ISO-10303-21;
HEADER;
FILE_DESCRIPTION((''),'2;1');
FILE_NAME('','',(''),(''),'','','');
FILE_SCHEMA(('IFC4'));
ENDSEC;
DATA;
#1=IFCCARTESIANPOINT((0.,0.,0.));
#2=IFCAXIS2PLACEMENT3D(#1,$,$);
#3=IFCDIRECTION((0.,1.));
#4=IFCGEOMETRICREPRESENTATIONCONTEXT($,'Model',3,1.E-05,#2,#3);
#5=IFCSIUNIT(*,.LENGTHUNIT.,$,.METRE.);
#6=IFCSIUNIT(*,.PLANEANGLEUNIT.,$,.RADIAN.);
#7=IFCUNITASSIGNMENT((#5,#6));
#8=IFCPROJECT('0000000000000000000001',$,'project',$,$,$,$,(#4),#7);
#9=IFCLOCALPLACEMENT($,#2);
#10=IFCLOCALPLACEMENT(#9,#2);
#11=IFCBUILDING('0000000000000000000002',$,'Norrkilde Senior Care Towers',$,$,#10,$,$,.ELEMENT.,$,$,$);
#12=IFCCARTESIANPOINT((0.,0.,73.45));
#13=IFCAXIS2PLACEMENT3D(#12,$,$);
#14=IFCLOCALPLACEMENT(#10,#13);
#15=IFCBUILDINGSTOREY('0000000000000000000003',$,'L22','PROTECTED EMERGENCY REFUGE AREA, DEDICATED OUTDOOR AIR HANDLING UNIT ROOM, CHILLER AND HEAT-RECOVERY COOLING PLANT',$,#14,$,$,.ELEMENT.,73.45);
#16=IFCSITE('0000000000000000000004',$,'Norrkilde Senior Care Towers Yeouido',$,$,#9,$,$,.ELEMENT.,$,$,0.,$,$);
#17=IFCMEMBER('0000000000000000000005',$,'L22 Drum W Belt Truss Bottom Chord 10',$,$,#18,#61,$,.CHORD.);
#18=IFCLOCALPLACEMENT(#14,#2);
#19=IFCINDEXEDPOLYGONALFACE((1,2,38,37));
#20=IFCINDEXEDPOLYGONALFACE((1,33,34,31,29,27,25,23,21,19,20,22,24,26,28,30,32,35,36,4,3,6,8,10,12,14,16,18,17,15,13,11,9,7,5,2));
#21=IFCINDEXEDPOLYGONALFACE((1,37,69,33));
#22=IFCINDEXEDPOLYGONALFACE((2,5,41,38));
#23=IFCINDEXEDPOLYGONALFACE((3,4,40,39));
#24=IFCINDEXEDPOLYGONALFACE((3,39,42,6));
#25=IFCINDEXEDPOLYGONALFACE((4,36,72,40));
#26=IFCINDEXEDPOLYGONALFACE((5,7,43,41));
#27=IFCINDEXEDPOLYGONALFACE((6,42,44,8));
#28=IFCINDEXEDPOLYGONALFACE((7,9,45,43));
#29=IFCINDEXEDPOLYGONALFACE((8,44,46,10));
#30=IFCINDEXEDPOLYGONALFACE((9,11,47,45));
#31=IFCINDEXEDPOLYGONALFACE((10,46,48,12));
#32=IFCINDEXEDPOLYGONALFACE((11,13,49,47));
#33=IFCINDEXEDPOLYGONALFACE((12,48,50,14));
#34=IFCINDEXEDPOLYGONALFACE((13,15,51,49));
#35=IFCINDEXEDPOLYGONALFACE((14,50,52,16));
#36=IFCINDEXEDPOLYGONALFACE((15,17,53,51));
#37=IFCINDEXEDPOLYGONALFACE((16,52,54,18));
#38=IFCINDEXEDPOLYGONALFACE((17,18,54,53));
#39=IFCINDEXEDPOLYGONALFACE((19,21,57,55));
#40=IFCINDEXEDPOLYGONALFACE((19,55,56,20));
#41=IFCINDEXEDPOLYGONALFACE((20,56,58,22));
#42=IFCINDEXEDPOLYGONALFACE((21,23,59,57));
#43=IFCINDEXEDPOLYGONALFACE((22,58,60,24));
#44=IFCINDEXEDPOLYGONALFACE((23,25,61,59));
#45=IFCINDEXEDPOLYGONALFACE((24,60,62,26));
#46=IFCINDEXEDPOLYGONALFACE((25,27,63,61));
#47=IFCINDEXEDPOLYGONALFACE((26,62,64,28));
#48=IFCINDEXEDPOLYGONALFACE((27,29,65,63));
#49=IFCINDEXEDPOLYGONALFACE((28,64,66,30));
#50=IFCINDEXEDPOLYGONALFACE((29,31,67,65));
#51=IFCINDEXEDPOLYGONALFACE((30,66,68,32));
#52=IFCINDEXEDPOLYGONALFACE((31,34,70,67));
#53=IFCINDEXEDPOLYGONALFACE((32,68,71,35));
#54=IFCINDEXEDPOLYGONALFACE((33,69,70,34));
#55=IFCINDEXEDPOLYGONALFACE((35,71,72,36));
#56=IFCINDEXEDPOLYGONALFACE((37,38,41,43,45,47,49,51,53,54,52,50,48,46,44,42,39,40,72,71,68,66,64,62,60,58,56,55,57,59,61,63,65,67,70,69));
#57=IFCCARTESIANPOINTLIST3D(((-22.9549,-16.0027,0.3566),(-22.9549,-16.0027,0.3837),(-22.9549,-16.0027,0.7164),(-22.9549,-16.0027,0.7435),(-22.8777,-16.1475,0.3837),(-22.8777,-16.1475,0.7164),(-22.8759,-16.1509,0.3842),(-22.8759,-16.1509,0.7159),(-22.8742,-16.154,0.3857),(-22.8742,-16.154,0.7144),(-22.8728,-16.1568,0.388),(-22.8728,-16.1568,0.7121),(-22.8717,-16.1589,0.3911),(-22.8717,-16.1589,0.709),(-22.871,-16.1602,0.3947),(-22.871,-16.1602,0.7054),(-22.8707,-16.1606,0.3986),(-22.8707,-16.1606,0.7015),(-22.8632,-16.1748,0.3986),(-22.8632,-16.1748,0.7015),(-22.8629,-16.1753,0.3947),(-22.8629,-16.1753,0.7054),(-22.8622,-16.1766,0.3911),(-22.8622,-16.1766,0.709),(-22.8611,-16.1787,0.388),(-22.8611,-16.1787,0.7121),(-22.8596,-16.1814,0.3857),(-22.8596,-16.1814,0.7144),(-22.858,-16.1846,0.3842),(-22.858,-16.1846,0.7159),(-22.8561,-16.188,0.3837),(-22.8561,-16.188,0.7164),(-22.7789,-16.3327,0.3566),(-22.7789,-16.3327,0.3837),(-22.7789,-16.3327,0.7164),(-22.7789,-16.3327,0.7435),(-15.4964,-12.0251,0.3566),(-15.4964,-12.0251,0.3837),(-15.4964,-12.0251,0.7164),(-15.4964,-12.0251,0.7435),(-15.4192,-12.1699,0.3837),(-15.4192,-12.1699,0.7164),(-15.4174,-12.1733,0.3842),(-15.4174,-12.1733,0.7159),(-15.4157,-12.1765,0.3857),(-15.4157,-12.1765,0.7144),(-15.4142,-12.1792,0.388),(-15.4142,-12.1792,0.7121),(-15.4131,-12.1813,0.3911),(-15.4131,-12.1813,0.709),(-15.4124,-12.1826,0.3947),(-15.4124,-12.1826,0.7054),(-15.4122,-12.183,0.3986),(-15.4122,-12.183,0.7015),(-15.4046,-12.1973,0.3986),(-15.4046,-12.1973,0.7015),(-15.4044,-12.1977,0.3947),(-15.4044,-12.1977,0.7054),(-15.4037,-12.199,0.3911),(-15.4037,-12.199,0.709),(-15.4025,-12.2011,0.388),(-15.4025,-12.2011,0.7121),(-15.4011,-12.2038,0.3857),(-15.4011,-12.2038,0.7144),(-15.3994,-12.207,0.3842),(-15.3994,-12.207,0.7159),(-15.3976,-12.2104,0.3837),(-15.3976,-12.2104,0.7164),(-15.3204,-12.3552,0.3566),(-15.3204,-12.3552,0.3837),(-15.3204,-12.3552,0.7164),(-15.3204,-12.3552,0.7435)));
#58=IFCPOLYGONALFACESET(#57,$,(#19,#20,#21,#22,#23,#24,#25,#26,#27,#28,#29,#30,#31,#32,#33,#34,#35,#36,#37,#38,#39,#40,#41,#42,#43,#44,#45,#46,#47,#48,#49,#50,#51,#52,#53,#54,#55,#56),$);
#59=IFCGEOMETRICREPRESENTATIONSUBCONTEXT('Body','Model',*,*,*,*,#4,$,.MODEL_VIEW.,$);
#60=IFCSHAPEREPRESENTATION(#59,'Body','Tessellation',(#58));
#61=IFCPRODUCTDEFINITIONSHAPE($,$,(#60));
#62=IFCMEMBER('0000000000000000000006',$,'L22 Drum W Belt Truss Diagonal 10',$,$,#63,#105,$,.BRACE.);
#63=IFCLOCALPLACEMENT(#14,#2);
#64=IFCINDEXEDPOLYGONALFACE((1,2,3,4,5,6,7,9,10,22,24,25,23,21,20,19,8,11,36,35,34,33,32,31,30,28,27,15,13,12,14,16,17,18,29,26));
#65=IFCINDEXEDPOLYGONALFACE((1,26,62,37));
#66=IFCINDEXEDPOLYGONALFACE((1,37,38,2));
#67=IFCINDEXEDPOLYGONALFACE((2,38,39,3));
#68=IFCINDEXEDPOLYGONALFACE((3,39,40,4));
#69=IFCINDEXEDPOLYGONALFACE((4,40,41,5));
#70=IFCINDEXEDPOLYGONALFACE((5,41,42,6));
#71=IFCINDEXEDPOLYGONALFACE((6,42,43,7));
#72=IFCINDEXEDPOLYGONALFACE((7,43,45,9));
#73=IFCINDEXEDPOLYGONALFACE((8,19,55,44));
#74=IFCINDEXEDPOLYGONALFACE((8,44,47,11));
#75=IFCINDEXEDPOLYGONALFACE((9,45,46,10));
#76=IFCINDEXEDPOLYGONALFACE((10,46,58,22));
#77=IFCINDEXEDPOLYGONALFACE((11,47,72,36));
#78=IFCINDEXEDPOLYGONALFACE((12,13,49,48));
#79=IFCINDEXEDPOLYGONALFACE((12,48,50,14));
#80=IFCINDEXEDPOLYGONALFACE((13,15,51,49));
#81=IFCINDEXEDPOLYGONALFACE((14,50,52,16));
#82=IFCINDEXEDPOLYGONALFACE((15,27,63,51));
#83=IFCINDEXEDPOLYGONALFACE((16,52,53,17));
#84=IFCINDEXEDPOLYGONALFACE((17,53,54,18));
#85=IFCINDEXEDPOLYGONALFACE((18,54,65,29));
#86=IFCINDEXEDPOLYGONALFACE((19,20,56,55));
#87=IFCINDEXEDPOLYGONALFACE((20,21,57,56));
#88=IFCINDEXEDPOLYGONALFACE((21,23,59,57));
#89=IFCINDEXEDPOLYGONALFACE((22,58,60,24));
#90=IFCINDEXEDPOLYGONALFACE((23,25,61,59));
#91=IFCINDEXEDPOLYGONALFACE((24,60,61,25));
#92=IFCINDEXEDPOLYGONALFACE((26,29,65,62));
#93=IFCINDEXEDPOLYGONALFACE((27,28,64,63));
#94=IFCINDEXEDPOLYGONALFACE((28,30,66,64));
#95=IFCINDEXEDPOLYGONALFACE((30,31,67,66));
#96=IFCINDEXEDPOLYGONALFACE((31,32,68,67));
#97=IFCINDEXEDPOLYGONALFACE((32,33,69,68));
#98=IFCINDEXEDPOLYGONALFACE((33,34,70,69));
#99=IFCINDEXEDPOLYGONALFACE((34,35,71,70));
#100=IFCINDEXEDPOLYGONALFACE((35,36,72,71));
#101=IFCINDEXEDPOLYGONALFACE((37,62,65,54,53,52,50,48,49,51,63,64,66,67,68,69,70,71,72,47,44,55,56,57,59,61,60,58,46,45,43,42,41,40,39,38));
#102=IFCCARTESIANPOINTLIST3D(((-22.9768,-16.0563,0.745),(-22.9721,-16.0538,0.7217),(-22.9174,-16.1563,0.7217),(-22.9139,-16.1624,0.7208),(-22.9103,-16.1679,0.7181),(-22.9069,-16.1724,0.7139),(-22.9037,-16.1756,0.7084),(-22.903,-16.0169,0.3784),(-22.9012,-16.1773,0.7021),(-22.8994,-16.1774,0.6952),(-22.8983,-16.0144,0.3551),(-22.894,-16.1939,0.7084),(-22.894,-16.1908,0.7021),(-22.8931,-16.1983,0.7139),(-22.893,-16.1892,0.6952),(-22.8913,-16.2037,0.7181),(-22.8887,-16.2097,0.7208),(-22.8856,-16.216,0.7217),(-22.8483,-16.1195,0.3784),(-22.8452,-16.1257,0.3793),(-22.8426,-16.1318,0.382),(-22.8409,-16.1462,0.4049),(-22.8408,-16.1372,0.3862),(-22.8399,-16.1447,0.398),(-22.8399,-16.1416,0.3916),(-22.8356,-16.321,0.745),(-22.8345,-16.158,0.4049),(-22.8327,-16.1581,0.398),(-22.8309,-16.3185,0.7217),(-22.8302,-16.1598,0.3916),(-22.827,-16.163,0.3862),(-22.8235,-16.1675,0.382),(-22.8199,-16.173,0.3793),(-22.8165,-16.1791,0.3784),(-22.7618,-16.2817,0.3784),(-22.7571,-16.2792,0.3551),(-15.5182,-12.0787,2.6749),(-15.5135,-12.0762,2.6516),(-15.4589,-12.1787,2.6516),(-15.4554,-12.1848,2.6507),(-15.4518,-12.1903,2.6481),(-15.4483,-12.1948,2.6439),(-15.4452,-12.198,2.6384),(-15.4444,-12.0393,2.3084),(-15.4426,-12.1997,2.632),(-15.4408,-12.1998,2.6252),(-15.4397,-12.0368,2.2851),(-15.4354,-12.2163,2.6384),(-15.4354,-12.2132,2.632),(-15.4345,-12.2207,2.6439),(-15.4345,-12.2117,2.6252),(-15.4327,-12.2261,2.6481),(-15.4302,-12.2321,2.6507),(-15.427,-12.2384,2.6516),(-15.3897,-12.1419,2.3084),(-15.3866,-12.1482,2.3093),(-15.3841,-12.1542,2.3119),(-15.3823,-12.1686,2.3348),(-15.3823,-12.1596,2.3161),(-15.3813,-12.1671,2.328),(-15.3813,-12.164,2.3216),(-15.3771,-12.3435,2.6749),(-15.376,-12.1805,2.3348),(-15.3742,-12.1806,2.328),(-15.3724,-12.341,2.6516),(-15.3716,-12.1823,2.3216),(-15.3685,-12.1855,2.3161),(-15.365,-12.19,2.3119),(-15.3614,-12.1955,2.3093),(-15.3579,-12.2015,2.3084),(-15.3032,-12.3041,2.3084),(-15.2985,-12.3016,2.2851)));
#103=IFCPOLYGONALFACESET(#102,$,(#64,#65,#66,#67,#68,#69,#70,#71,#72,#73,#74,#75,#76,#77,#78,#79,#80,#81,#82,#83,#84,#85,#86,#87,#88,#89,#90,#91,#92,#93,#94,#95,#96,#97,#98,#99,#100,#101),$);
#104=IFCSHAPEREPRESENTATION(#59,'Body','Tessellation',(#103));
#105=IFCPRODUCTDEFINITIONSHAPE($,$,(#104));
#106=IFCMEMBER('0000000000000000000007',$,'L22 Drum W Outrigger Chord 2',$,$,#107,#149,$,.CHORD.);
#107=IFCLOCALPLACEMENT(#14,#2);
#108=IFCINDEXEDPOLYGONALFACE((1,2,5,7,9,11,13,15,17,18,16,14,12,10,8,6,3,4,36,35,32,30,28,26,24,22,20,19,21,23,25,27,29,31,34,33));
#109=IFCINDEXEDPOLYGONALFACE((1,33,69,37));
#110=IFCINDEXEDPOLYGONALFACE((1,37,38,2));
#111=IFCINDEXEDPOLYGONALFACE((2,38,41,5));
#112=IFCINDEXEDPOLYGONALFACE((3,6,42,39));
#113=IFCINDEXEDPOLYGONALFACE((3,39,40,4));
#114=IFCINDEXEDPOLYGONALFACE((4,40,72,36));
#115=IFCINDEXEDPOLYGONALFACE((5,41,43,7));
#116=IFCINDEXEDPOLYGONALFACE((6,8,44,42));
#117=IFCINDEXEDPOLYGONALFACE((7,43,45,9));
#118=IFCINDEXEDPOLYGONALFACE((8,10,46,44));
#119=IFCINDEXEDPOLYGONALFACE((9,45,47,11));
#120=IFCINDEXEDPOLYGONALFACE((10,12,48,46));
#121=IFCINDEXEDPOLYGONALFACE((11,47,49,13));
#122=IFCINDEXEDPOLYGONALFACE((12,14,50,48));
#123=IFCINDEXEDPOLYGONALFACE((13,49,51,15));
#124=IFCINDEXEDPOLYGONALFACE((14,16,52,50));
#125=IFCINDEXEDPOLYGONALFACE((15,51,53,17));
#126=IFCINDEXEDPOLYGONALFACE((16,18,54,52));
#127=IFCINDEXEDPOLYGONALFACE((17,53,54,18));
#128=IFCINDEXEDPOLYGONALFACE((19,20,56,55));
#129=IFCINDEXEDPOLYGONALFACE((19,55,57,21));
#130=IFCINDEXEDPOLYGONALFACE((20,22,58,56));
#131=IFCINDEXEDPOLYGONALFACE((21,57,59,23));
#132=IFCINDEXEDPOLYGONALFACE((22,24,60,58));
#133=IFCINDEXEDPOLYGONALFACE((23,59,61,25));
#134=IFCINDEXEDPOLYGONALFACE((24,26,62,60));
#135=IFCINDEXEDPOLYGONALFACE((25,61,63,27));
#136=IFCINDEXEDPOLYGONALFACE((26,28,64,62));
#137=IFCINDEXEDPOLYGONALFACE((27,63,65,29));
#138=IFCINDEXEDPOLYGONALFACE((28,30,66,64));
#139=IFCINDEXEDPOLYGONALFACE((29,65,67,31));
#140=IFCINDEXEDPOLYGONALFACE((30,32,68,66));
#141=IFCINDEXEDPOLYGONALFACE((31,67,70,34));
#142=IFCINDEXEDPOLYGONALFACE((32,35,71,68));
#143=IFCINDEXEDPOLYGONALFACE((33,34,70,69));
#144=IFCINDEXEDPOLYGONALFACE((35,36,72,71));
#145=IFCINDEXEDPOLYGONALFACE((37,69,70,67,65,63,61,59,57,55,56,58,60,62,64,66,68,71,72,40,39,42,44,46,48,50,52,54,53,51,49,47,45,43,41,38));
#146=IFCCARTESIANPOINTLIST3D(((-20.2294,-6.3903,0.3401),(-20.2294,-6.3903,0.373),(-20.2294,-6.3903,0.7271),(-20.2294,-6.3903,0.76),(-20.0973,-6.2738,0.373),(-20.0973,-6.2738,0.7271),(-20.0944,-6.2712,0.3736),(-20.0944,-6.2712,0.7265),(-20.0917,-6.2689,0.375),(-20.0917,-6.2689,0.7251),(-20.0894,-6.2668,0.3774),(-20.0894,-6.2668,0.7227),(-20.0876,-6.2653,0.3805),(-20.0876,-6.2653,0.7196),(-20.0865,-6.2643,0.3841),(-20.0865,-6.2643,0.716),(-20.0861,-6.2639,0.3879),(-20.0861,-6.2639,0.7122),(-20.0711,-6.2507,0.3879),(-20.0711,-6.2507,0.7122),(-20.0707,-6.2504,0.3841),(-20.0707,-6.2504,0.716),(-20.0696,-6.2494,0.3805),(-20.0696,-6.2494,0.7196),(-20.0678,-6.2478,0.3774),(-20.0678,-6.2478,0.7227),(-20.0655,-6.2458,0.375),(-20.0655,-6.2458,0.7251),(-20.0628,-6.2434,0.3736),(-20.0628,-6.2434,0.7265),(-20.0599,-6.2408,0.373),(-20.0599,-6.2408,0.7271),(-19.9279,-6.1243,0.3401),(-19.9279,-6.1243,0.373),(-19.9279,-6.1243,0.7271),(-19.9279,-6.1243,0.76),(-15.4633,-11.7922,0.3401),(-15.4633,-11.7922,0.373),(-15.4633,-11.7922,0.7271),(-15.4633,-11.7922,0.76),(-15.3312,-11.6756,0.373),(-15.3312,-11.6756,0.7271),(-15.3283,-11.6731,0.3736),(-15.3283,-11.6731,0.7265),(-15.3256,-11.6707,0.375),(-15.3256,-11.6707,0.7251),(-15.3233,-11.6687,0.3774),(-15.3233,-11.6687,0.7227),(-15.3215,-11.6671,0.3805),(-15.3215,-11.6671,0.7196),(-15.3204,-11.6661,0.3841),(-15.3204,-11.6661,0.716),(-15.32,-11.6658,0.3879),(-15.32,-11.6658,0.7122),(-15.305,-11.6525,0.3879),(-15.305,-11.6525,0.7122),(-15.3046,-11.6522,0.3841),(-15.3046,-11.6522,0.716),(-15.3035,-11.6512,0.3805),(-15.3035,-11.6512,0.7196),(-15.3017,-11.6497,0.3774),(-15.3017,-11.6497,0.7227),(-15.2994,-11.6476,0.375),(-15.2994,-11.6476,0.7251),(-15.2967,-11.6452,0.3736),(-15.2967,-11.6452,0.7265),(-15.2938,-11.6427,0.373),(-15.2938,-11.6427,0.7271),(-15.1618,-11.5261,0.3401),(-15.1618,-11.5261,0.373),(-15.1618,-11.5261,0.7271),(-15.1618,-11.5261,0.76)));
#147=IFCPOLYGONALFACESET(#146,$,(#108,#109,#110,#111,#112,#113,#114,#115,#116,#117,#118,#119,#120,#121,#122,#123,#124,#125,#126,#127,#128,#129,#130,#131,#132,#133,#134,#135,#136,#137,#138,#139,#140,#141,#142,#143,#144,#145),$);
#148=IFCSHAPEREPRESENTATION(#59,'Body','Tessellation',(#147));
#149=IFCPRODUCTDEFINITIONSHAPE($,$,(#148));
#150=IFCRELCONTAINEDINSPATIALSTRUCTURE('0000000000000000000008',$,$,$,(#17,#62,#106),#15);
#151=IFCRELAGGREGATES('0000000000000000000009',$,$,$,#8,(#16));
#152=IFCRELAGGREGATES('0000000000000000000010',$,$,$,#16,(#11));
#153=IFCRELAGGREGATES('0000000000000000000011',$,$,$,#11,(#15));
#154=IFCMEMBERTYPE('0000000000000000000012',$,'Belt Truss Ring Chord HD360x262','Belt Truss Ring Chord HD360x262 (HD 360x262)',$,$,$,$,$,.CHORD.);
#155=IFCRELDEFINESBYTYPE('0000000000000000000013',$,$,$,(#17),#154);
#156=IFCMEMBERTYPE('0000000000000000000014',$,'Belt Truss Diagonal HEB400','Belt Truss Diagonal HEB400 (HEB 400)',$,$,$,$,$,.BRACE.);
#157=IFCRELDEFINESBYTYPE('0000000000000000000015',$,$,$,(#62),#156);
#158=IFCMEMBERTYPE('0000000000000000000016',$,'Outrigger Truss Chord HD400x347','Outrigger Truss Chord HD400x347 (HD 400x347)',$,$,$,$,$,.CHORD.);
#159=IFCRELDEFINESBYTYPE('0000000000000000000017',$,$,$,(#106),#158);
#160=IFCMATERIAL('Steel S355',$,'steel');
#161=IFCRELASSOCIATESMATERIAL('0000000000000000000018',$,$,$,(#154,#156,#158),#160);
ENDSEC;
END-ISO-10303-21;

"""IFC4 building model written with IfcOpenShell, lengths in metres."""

from ifc_helpers import new_model, si_unit, direction, frame, origin, origin_2d, place, context, subcontext, project, spatial, i_section, extrude, source, transform, mapped, material, material_profile, profile_set, type_object, type_shapes, element, save


model = new_model("IFC4")

# Units and contexts
model_context = context("Model", 3, precision=1e-05, world=origin(), true_north=direction((0.0, 1.0)))
body_context = subcontext(model_context, "Body", "Model", "MODEL_VIEW")
ifc_project = project(units=[si_unit("LENGTHUNIT", "METRE"), si_unit("PLANEANGLEUNIT", "RADIAN")], contexts=[model_context])

# Site, building, storey
site_placement = place(None, origin())
site = spatial("IfcSite", under=ifc_project, at=site_placement, Name="Norrkilde Senior Care Towers Yeouido", CompositionType="ELEMENT", RefElevation=0.0)
building_placement = place(site_placement, origin())
building = spatial("IfcBuilding", under=site, at=building_placement, Name="Norrkilde Senior Care Towers", CompositionType="ELEMENT")
storey_placement = place(building_placement, frame((0.0, 0.0, 73.45)))
storey = spatial("IfcBuildingStorey", under=building, at=storey_placement, Name="L22", Description="PROTECTED EMERGENCY REFUGE AREA, DEDICATED OUTDOOR AIR HANDLING UNIT ROOM, CHILLER AND HEAT-RECOVERY COOLING PLANT", CompositionType="ELEMENT", Elevation=73.45)

# Members
ifc_material_1 = material(Name="Steel S355", Category="steel")
ifc_material_profile_1 = material_profile(ifc_material_1, i_section(OverallWidth=0.374, OverallDepth=0.387, WebThickness=0.0161, FlangeThickness=0.0271, FilletRadius=0.0149, at=origin_2d()), Name="HD 360x262")
ifc_profile_set_1 = profile_set([ifc_material_profile_1], Name="Steel S355")
member_type_1 = type_object("IfcMemberType", Name="Belt Truss Ring Chord HD360x262", Description="Belt Truss Ring Chord HD360x262 (HD 360x262)", PredefinedType="CHORD", material=ifc_profile_set_1)
shared_shape_1 = source(origin(), body_context, "Body", "SweptSolid", [
    extrude(i_section(OverallWidth=0.374, OverallDepth=0.387, WebThickness=0.0161, FlangeThickness=0.0271, FilletRadius=0.0149, at=origin_2d()), origin(), (0.0, 0.0, 1.0), 8.4529),
])
type_shapes(member_type_1, [shared_shape_1])
member_1_placement = place(storey_placement, frame((-22.8669, -16.1677, 0.55), z_axis=(0.882369, 0.470558, 0.0), x_axis=(-0.470558, 0.882369, 0.0)))
element("IfcMember", 1, at=member_1_placement, inside=storey, type_object=member_type_1, Name="L22 Drum W Belt Truss Bottom Chord 10", PredefinedType="CHORD", context=body_context, shape_type="MappedRepresentation", body=[
    mapped(shared_shape_1, transform((0.0, 0.0, 0.0), x_axis=(1.0, 0.0, 0.0), y_axis=(0.0, 1.0, 0.0), z_axis=(0.0, 0.0, 1.0), scale=1.0)),
])
ifc_material_profile_2 = material_profile(ifc_material_1, i_section(OverallWidth=0.3, OverallDepth=0.3999, WebThickness=0.0134, FlangeThickness=0.0239, FilletRadius=0.0271, at=origin_2d()), Name="HEB 400")
ifc_profile_set_2 = profile_set([ifc_material_profile_2], Name="Steel S355")
member_type_2 = type_object("IfcMemberType", Name="Belt Truss Diagonal HEB400", Description="Belt Truss Diagonal HEB400 (HEB 400)", PredefinedType="BRACE", material=ifc_profile_set_2)
shared_shape_2 = source(origin(), body_context, "Body", "SweptSolid", [
    extrude(i_section(OverallWidth=0.3, OverallDepth=0.3999, WebThickness=0.0134, FlangeThickness=0.0239, FilletRadius=0.0271, at=origin_2d()), origin(), (0.0, 0.0, 1.0), 8.6704),
])
type_shapes(member_type_2, [shared_shape_2])
member_2_placement = place(storey_placement, frame((-22.8669, -16.1677, 0.55), z_axis=(0.860232, 0.458753, 0.22259), x_axis=(-0.470558, 0.882369, 0.0)))
element("IfcMember", 2, at=member_2_placement, inside=storey, type_object=member_type_2, Name="L22 Drum W Belt Truss Diagonal 10", PredefinedType="BRACE", context=body_context, shape_type="MappedRepresentation", body=[
    mapped(shared_shape_2, transform((0.0, 0.0, 0.0), x_axis=(1.0, 0.0, 0.0), y_axis=(0.0, 1.0, 0.0), z_axis=(0.0, 0.0, 1.0), scale=1.0)),
])
ifc_material_profile_3 = material_profile(ifc_material_1, i_section(OverallWidth=0.4021, OverallDepth=0.4199, WebThickness=0.02, FlangeThickness=0.033, FilletRadius=0.0149, at=origin_2d()), Name="HD 400x347")
ifc_profile_set_3 = profile_set([ifc_material_profile_3], Name="Steel S355")
member_type_3 = type_object("IfcMemberType", Name="Outrigger Truss Chord HD400x347", Description="Outrigger Truss Chord HD400x347 (HD 400x347)", PredefinedType="CHORD", material=ifc_profile_set_3)
shared_shape_3 = source(origin(), body_context, "Body", "SweptSolid", [
    extrude(i_section(OverallWidth=0.4021, OverallDepth=0.4199, WebThickness=0.02, FlangeThickness=0.033, FilletRadius=0.0149, at=origin_2d()), origin(), (0.0, 0.0, 1.0), 7.2039),
])
type_shapes(member_type_3, [shared_shape_3])
member_3_placement = place(storey_placement, frame((-20.0786, -6.2573, 0.55), z_axis=(0.661604, -0.749854, 0.0), x_axis=(0.749854, 0.661604, 0.0)))
element("IfcMember", 3, at=member_3_placement, inside=storey, type_object=member_type_3, Name="L22 Drum W Outrigger Chord 2", PredefinedType="CHORD", context=body_context, shape_type="MappedRepresentation", body=[
    mapped(shared_shape_3, transform((0.0, 0.0, 0.0), x_axis=(1.0, 0.0, 0.0), y_axis=(0.0, 1.0, 0.0), z_axis=(0.0, 0.0, 1.0), scale=1.0)),
])

save(model, "model.ifc")
